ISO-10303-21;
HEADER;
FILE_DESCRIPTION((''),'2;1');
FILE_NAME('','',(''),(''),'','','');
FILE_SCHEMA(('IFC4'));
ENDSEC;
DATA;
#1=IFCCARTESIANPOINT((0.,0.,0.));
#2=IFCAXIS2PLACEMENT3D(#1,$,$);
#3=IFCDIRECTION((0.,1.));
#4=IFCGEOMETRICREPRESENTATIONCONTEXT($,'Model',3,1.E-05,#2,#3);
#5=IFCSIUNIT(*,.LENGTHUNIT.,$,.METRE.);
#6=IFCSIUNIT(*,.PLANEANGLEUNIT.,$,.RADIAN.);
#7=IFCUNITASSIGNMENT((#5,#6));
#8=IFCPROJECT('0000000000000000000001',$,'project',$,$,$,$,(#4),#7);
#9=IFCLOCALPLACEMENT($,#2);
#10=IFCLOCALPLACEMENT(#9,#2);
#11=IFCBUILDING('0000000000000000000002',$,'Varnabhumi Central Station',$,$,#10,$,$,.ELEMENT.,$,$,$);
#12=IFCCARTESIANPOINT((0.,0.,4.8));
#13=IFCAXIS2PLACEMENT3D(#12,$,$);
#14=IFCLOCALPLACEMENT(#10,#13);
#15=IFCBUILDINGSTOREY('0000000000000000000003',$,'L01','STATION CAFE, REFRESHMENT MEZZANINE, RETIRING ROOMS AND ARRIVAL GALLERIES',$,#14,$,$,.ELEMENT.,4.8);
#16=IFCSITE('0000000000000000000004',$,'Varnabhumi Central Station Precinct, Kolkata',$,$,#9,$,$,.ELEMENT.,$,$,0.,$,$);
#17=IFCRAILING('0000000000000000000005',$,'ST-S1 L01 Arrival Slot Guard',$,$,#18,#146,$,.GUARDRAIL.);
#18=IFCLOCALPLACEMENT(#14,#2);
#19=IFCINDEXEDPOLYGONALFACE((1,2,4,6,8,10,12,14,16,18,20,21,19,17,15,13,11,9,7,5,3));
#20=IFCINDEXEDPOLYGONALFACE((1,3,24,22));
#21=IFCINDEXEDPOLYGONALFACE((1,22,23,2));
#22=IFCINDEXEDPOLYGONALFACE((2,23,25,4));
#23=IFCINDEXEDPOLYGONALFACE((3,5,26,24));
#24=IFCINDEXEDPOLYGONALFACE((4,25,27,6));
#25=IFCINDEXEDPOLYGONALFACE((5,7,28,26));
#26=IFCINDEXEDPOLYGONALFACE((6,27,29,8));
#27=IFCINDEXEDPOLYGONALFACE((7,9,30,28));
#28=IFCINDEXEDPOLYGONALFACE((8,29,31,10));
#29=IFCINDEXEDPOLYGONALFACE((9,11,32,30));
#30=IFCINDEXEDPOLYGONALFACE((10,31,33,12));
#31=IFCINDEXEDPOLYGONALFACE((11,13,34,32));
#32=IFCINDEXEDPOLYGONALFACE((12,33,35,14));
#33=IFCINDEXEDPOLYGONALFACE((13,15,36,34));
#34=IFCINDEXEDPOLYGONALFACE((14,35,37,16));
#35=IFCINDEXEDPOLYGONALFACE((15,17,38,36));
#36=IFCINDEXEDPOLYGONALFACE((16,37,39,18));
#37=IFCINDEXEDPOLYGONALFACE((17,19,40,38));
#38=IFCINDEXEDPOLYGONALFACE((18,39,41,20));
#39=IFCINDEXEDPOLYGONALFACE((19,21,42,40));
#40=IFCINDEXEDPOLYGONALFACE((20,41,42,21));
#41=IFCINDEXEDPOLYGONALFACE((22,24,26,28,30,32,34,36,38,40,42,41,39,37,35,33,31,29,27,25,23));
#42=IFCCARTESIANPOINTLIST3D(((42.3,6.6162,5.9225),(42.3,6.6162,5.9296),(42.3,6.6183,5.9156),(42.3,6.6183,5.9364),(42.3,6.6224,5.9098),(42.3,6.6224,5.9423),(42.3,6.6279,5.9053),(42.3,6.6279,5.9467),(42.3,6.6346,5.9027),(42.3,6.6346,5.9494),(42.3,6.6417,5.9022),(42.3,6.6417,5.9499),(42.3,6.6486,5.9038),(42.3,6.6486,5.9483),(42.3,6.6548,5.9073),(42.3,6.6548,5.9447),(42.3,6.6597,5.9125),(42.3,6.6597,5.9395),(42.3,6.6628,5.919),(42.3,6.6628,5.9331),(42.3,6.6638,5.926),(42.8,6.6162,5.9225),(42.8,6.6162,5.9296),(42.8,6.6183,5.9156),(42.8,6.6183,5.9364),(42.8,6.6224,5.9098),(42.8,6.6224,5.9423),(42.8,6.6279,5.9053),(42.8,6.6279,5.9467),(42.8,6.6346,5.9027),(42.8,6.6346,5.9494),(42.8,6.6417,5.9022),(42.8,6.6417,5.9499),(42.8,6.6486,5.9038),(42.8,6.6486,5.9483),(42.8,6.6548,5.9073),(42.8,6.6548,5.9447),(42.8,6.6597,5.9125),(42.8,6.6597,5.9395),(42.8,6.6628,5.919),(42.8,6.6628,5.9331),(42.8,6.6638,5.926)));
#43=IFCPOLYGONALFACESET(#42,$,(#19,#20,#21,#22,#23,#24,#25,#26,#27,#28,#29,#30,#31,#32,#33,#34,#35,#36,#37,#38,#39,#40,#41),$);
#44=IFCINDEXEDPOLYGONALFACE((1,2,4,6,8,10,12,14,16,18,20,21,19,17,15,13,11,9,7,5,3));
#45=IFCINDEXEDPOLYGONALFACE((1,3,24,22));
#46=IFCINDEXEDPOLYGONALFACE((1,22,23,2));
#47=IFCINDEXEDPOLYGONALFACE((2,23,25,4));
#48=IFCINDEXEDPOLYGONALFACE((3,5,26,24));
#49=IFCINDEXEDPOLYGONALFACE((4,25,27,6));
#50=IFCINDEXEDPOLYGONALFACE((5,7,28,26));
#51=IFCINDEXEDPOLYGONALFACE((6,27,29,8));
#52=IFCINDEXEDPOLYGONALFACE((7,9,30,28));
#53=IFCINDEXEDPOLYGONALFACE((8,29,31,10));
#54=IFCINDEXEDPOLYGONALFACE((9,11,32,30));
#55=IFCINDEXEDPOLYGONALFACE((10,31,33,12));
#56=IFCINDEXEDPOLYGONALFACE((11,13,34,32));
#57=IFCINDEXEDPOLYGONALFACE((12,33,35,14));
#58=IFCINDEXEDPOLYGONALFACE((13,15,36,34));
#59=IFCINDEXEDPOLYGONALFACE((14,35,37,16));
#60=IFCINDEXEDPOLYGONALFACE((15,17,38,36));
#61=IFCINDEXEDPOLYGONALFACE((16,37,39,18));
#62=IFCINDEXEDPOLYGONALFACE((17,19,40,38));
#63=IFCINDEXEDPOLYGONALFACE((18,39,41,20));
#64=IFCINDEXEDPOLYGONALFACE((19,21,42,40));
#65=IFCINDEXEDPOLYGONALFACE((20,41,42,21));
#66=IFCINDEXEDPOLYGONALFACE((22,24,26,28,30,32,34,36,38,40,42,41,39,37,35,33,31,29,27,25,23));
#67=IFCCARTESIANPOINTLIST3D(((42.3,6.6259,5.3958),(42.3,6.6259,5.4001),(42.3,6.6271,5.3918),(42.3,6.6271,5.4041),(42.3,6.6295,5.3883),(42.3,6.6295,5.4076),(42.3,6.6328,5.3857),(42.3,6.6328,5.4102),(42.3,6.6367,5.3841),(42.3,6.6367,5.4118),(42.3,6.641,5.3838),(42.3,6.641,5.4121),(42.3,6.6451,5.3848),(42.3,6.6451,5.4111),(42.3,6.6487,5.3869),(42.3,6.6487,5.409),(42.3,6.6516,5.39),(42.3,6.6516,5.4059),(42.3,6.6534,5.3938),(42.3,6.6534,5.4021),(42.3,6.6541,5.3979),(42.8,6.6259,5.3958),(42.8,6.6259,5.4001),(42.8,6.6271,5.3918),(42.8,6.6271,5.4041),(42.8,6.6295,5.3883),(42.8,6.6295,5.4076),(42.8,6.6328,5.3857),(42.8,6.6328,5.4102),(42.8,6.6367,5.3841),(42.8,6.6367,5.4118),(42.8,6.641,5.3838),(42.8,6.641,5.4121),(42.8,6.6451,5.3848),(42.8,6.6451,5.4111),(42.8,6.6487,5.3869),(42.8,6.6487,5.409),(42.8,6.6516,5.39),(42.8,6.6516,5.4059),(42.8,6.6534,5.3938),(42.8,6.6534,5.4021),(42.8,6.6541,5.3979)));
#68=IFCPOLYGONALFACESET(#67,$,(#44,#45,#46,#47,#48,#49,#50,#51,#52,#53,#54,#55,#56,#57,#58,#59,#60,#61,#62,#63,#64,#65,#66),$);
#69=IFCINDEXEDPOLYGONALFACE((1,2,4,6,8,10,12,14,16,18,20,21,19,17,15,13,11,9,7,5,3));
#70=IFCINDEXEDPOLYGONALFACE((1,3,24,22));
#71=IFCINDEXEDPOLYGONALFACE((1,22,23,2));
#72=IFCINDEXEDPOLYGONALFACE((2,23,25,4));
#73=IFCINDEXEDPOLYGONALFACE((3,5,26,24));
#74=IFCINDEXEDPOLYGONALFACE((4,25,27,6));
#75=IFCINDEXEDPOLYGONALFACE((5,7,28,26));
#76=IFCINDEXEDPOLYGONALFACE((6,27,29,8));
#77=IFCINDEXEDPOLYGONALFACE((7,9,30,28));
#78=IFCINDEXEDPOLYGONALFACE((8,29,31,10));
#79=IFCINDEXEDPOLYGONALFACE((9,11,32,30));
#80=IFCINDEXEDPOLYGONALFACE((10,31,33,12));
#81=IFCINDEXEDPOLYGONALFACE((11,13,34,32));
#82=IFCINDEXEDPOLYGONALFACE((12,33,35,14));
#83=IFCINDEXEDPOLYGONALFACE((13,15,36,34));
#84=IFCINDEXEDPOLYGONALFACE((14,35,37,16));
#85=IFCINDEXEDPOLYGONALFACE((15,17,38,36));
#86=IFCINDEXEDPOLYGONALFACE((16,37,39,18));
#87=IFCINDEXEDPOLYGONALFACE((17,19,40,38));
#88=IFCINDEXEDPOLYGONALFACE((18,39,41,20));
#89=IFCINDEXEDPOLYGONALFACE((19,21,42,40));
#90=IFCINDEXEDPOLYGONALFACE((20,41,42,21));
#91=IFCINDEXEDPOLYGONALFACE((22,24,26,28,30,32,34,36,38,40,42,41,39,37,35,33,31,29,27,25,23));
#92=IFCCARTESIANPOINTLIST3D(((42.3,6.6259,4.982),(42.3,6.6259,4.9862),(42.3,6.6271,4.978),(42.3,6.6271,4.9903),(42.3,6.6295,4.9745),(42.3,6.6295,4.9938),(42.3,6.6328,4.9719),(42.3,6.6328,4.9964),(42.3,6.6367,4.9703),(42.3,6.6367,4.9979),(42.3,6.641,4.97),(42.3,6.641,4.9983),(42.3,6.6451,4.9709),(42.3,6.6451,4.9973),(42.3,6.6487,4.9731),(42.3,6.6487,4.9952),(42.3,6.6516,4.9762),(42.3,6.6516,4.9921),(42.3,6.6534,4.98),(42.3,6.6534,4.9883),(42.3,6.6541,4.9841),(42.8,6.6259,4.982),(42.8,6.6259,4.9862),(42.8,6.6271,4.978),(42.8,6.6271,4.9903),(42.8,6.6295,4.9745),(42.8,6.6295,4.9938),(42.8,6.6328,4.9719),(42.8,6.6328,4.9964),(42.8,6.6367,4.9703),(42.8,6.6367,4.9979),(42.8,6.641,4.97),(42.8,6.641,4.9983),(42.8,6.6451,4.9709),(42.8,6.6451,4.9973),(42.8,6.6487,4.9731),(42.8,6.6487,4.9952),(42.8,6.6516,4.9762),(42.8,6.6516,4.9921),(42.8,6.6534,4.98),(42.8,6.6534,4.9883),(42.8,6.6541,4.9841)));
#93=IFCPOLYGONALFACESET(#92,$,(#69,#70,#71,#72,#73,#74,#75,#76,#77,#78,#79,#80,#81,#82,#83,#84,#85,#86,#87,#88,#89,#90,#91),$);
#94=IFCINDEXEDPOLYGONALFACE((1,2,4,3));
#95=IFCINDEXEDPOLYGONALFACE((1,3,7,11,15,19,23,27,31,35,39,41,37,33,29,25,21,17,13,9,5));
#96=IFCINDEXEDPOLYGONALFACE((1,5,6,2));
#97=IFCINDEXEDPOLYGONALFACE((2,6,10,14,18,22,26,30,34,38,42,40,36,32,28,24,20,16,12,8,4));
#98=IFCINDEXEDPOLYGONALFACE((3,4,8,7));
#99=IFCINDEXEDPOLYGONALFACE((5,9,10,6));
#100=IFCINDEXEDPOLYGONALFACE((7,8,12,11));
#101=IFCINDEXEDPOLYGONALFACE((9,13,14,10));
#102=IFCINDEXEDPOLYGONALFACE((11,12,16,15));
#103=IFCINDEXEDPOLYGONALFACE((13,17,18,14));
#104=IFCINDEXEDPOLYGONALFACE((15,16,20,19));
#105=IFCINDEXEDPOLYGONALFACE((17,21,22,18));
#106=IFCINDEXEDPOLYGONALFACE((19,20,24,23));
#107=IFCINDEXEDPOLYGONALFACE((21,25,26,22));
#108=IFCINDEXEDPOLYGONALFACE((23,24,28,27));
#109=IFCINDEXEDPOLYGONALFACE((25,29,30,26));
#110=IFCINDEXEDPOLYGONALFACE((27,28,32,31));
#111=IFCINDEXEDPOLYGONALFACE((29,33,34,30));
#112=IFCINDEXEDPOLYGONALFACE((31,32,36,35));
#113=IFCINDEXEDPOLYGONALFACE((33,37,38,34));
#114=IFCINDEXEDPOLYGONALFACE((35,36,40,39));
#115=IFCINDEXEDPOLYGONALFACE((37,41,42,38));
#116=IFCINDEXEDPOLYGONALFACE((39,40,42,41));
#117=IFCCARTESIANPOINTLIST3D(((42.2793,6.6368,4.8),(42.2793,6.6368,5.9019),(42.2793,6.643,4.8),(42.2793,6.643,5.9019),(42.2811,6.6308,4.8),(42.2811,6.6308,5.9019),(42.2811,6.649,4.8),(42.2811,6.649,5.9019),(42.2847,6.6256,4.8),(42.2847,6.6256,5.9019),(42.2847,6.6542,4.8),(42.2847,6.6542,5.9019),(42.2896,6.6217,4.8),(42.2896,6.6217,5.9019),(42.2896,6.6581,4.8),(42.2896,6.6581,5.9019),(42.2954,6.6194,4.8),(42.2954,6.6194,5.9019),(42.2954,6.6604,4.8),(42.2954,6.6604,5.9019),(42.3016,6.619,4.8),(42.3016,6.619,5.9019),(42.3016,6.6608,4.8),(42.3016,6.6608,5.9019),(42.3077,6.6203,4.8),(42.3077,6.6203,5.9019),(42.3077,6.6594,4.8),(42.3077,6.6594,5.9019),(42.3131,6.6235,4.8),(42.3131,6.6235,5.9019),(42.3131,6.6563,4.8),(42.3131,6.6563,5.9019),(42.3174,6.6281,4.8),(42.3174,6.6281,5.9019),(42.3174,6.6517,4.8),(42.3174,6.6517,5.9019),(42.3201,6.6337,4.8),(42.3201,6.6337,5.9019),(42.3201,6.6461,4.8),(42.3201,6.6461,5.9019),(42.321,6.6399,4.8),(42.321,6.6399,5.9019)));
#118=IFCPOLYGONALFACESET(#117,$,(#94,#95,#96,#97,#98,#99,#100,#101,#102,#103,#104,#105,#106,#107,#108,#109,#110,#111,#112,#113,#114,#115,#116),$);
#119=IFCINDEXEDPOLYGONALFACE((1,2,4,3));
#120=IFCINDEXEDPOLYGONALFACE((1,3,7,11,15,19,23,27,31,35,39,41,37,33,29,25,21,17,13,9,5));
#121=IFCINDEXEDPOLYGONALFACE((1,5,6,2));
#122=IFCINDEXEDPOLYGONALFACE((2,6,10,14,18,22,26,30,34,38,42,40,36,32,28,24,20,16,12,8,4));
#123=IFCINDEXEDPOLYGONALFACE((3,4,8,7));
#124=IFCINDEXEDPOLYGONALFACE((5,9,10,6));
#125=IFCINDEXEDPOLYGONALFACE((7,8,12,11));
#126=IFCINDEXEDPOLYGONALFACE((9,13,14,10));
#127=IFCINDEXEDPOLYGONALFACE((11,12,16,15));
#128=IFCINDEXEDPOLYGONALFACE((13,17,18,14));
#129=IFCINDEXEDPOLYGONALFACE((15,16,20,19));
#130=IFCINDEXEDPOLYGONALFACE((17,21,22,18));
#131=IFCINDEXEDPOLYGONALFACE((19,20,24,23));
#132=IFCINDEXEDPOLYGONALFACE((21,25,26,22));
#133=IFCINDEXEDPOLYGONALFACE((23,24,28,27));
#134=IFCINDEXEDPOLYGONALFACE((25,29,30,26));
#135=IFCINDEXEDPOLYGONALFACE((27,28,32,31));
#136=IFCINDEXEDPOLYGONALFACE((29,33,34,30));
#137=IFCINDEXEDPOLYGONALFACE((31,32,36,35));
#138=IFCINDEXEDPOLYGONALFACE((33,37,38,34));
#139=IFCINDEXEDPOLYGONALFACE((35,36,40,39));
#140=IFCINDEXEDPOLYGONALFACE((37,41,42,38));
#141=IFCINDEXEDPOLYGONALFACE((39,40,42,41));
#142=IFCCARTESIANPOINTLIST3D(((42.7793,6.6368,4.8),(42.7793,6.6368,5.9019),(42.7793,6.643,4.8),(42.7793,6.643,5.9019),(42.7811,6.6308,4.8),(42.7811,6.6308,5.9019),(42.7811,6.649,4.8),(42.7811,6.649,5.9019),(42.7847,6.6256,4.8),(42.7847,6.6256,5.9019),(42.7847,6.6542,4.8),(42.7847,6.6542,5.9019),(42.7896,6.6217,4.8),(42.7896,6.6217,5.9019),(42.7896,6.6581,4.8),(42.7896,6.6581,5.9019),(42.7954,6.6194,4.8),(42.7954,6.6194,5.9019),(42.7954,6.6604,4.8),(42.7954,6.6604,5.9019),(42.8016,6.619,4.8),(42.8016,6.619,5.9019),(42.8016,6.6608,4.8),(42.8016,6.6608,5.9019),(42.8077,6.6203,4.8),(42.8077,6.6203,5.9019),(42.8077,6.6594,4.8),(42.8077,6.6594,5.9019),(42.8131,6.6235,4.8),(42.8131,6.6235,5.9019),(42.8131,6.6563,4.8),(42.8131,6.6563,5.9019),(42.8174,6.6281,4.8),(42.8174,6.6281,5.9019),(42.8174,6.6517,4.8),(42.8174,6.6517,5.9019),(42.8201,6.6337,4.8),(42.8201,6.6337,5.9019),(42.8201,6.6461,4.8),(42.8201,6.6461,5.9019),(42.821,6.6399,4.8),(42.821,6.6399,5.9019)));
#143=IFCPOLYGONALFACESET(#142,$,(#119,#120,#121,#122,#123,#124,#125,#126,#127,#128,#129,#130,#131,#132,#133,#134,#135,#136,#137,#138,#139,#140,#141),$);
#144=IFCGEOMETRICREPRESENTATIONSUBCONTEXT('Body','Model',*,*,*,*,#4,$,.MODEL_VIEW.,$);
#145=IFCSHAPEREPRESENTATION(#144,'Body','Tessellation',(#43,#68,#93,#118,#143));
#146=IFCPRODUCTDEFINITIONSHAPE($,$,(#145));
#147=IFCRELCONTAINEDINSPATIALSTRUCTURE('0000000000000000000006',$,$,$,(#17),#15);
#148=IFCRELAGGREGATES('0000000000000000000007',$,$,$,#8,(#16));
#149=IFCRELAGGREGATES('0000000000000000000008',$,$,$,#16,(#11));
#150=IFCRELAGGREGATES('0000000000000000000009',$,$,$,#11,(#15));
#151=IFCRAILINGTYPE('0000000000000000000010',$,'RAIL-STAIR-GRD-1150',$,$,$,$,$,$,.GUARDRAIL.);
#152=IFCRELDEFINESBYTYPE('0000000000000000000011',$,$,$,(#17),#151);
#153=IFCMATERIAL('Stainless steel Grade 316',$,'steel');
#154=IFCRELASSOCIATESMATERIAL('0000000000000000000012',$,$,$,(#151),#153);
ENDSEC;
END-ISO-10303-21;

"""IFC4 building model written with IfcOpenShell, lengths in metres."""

from ifc_helpers import new_model, si_unit, direction, frame, origin, origin_2d, place, context, subcontext, project, spatial, circle, extrude, material, type_object, element, save


model = new_model("IFC4")

# Units and contexts
model_context = context("Model", 3, precision=1e-05, world=origin(), true_north=direction((0.0, 1.0)))
body_context = subcontext(model_context, "Body", "Model", "MODEL_VIEW")
ifc_project = project(units=[si_unit("LENGTHUNIT", "METRE"), si_unit("PLANEANGLEUNIT", "RADIAN")], contexts=[model_context])

# Site, building, storey
site_placement = place(None, origin())
site = spatial("IfcSite", under=ifc_project, at=site_placement, Name="Varnabhumi Central Station Precinct, Kolkata", CompositionType="ELEMENT", RefElevation=0.0)
building_placement = place(site_placement, origin())
building = spatial("IfcBuilding", under=site, at=building_placement, Name="Varnabhumi Central Station", CompositionType="ELEMENT")
storey_placement = place(building_placement, frame((0.0, 0.0, 4.8)))
storey = spatial("IfcBuildingStorey", under=building, at=storey_placement, Name="L01", Description="STATION CAFE, REFRESHMENT MEZZANINE, RETIRING ROOMS AND ARRIVAL GALLERIES", CompositionType="ELEMENT", Elevation=4.8)

# Shared definitions
ifc_material_1 = material(Name="Stainless steel Grade 316", Category="steel")

# Railing
railing_type_1 = type_object("IfcRailingType", Name="RAIL-STAIR-GRD-1150", PredefinedType="GUARDRAIL", material=ifc_material_1)
railing_1_placement = place(storey_placement, frame((42.3, 6.6399, 4.8)))
element("IfcRailing", 1, at=railing_1_placement, inside=storey, type_object=railing_type_1, Name="ST-S1 L01 Arrival Slot Guard", PredefinedType="GUARDRAIL", context=body_context, shape_type="SweptSolid", body=[
    extrude(circle(Radius=0.0239, at=origin_2d()), frame((0.0, 0.0, 1.126), z_axis=(1.0, 0.0, 0.0), x_axis=(0.0, 1.0, 0.0)), (0.0, 0.0, 1.0), 0.5),
    extrude(circle(Radius=0.0142, at=origin_2d()), frame((0.0, 0.0, 0.5979), z_axis=(1.0, 0.0, 0.0), x_axis=(0.0, 1.0, 0.0)), (0.0, 0.0, 1.0), 0.5),
    extrude(circle(Radius=0.0142, at=origin_2d()), frame((0.0, 0.0, 0.1841), z_axis=(1.0, 0.0, 0.0), x_axis=(0.0, 1.0, 0.0)), (0.0, 0.0, 1.0), 0.5),
    extrude(circle(Radius=0.021, at=origin_2d()), origin(), (0.0, 0.0, 1.0), 1.1018),
    extrude(circle(Radius=0.021, at=origin_2d()), frame((0.5, 0.0, 0.0)), (0.0, 0.0, 1.0), 1.1018),
])

save(model, "model.ifc")
